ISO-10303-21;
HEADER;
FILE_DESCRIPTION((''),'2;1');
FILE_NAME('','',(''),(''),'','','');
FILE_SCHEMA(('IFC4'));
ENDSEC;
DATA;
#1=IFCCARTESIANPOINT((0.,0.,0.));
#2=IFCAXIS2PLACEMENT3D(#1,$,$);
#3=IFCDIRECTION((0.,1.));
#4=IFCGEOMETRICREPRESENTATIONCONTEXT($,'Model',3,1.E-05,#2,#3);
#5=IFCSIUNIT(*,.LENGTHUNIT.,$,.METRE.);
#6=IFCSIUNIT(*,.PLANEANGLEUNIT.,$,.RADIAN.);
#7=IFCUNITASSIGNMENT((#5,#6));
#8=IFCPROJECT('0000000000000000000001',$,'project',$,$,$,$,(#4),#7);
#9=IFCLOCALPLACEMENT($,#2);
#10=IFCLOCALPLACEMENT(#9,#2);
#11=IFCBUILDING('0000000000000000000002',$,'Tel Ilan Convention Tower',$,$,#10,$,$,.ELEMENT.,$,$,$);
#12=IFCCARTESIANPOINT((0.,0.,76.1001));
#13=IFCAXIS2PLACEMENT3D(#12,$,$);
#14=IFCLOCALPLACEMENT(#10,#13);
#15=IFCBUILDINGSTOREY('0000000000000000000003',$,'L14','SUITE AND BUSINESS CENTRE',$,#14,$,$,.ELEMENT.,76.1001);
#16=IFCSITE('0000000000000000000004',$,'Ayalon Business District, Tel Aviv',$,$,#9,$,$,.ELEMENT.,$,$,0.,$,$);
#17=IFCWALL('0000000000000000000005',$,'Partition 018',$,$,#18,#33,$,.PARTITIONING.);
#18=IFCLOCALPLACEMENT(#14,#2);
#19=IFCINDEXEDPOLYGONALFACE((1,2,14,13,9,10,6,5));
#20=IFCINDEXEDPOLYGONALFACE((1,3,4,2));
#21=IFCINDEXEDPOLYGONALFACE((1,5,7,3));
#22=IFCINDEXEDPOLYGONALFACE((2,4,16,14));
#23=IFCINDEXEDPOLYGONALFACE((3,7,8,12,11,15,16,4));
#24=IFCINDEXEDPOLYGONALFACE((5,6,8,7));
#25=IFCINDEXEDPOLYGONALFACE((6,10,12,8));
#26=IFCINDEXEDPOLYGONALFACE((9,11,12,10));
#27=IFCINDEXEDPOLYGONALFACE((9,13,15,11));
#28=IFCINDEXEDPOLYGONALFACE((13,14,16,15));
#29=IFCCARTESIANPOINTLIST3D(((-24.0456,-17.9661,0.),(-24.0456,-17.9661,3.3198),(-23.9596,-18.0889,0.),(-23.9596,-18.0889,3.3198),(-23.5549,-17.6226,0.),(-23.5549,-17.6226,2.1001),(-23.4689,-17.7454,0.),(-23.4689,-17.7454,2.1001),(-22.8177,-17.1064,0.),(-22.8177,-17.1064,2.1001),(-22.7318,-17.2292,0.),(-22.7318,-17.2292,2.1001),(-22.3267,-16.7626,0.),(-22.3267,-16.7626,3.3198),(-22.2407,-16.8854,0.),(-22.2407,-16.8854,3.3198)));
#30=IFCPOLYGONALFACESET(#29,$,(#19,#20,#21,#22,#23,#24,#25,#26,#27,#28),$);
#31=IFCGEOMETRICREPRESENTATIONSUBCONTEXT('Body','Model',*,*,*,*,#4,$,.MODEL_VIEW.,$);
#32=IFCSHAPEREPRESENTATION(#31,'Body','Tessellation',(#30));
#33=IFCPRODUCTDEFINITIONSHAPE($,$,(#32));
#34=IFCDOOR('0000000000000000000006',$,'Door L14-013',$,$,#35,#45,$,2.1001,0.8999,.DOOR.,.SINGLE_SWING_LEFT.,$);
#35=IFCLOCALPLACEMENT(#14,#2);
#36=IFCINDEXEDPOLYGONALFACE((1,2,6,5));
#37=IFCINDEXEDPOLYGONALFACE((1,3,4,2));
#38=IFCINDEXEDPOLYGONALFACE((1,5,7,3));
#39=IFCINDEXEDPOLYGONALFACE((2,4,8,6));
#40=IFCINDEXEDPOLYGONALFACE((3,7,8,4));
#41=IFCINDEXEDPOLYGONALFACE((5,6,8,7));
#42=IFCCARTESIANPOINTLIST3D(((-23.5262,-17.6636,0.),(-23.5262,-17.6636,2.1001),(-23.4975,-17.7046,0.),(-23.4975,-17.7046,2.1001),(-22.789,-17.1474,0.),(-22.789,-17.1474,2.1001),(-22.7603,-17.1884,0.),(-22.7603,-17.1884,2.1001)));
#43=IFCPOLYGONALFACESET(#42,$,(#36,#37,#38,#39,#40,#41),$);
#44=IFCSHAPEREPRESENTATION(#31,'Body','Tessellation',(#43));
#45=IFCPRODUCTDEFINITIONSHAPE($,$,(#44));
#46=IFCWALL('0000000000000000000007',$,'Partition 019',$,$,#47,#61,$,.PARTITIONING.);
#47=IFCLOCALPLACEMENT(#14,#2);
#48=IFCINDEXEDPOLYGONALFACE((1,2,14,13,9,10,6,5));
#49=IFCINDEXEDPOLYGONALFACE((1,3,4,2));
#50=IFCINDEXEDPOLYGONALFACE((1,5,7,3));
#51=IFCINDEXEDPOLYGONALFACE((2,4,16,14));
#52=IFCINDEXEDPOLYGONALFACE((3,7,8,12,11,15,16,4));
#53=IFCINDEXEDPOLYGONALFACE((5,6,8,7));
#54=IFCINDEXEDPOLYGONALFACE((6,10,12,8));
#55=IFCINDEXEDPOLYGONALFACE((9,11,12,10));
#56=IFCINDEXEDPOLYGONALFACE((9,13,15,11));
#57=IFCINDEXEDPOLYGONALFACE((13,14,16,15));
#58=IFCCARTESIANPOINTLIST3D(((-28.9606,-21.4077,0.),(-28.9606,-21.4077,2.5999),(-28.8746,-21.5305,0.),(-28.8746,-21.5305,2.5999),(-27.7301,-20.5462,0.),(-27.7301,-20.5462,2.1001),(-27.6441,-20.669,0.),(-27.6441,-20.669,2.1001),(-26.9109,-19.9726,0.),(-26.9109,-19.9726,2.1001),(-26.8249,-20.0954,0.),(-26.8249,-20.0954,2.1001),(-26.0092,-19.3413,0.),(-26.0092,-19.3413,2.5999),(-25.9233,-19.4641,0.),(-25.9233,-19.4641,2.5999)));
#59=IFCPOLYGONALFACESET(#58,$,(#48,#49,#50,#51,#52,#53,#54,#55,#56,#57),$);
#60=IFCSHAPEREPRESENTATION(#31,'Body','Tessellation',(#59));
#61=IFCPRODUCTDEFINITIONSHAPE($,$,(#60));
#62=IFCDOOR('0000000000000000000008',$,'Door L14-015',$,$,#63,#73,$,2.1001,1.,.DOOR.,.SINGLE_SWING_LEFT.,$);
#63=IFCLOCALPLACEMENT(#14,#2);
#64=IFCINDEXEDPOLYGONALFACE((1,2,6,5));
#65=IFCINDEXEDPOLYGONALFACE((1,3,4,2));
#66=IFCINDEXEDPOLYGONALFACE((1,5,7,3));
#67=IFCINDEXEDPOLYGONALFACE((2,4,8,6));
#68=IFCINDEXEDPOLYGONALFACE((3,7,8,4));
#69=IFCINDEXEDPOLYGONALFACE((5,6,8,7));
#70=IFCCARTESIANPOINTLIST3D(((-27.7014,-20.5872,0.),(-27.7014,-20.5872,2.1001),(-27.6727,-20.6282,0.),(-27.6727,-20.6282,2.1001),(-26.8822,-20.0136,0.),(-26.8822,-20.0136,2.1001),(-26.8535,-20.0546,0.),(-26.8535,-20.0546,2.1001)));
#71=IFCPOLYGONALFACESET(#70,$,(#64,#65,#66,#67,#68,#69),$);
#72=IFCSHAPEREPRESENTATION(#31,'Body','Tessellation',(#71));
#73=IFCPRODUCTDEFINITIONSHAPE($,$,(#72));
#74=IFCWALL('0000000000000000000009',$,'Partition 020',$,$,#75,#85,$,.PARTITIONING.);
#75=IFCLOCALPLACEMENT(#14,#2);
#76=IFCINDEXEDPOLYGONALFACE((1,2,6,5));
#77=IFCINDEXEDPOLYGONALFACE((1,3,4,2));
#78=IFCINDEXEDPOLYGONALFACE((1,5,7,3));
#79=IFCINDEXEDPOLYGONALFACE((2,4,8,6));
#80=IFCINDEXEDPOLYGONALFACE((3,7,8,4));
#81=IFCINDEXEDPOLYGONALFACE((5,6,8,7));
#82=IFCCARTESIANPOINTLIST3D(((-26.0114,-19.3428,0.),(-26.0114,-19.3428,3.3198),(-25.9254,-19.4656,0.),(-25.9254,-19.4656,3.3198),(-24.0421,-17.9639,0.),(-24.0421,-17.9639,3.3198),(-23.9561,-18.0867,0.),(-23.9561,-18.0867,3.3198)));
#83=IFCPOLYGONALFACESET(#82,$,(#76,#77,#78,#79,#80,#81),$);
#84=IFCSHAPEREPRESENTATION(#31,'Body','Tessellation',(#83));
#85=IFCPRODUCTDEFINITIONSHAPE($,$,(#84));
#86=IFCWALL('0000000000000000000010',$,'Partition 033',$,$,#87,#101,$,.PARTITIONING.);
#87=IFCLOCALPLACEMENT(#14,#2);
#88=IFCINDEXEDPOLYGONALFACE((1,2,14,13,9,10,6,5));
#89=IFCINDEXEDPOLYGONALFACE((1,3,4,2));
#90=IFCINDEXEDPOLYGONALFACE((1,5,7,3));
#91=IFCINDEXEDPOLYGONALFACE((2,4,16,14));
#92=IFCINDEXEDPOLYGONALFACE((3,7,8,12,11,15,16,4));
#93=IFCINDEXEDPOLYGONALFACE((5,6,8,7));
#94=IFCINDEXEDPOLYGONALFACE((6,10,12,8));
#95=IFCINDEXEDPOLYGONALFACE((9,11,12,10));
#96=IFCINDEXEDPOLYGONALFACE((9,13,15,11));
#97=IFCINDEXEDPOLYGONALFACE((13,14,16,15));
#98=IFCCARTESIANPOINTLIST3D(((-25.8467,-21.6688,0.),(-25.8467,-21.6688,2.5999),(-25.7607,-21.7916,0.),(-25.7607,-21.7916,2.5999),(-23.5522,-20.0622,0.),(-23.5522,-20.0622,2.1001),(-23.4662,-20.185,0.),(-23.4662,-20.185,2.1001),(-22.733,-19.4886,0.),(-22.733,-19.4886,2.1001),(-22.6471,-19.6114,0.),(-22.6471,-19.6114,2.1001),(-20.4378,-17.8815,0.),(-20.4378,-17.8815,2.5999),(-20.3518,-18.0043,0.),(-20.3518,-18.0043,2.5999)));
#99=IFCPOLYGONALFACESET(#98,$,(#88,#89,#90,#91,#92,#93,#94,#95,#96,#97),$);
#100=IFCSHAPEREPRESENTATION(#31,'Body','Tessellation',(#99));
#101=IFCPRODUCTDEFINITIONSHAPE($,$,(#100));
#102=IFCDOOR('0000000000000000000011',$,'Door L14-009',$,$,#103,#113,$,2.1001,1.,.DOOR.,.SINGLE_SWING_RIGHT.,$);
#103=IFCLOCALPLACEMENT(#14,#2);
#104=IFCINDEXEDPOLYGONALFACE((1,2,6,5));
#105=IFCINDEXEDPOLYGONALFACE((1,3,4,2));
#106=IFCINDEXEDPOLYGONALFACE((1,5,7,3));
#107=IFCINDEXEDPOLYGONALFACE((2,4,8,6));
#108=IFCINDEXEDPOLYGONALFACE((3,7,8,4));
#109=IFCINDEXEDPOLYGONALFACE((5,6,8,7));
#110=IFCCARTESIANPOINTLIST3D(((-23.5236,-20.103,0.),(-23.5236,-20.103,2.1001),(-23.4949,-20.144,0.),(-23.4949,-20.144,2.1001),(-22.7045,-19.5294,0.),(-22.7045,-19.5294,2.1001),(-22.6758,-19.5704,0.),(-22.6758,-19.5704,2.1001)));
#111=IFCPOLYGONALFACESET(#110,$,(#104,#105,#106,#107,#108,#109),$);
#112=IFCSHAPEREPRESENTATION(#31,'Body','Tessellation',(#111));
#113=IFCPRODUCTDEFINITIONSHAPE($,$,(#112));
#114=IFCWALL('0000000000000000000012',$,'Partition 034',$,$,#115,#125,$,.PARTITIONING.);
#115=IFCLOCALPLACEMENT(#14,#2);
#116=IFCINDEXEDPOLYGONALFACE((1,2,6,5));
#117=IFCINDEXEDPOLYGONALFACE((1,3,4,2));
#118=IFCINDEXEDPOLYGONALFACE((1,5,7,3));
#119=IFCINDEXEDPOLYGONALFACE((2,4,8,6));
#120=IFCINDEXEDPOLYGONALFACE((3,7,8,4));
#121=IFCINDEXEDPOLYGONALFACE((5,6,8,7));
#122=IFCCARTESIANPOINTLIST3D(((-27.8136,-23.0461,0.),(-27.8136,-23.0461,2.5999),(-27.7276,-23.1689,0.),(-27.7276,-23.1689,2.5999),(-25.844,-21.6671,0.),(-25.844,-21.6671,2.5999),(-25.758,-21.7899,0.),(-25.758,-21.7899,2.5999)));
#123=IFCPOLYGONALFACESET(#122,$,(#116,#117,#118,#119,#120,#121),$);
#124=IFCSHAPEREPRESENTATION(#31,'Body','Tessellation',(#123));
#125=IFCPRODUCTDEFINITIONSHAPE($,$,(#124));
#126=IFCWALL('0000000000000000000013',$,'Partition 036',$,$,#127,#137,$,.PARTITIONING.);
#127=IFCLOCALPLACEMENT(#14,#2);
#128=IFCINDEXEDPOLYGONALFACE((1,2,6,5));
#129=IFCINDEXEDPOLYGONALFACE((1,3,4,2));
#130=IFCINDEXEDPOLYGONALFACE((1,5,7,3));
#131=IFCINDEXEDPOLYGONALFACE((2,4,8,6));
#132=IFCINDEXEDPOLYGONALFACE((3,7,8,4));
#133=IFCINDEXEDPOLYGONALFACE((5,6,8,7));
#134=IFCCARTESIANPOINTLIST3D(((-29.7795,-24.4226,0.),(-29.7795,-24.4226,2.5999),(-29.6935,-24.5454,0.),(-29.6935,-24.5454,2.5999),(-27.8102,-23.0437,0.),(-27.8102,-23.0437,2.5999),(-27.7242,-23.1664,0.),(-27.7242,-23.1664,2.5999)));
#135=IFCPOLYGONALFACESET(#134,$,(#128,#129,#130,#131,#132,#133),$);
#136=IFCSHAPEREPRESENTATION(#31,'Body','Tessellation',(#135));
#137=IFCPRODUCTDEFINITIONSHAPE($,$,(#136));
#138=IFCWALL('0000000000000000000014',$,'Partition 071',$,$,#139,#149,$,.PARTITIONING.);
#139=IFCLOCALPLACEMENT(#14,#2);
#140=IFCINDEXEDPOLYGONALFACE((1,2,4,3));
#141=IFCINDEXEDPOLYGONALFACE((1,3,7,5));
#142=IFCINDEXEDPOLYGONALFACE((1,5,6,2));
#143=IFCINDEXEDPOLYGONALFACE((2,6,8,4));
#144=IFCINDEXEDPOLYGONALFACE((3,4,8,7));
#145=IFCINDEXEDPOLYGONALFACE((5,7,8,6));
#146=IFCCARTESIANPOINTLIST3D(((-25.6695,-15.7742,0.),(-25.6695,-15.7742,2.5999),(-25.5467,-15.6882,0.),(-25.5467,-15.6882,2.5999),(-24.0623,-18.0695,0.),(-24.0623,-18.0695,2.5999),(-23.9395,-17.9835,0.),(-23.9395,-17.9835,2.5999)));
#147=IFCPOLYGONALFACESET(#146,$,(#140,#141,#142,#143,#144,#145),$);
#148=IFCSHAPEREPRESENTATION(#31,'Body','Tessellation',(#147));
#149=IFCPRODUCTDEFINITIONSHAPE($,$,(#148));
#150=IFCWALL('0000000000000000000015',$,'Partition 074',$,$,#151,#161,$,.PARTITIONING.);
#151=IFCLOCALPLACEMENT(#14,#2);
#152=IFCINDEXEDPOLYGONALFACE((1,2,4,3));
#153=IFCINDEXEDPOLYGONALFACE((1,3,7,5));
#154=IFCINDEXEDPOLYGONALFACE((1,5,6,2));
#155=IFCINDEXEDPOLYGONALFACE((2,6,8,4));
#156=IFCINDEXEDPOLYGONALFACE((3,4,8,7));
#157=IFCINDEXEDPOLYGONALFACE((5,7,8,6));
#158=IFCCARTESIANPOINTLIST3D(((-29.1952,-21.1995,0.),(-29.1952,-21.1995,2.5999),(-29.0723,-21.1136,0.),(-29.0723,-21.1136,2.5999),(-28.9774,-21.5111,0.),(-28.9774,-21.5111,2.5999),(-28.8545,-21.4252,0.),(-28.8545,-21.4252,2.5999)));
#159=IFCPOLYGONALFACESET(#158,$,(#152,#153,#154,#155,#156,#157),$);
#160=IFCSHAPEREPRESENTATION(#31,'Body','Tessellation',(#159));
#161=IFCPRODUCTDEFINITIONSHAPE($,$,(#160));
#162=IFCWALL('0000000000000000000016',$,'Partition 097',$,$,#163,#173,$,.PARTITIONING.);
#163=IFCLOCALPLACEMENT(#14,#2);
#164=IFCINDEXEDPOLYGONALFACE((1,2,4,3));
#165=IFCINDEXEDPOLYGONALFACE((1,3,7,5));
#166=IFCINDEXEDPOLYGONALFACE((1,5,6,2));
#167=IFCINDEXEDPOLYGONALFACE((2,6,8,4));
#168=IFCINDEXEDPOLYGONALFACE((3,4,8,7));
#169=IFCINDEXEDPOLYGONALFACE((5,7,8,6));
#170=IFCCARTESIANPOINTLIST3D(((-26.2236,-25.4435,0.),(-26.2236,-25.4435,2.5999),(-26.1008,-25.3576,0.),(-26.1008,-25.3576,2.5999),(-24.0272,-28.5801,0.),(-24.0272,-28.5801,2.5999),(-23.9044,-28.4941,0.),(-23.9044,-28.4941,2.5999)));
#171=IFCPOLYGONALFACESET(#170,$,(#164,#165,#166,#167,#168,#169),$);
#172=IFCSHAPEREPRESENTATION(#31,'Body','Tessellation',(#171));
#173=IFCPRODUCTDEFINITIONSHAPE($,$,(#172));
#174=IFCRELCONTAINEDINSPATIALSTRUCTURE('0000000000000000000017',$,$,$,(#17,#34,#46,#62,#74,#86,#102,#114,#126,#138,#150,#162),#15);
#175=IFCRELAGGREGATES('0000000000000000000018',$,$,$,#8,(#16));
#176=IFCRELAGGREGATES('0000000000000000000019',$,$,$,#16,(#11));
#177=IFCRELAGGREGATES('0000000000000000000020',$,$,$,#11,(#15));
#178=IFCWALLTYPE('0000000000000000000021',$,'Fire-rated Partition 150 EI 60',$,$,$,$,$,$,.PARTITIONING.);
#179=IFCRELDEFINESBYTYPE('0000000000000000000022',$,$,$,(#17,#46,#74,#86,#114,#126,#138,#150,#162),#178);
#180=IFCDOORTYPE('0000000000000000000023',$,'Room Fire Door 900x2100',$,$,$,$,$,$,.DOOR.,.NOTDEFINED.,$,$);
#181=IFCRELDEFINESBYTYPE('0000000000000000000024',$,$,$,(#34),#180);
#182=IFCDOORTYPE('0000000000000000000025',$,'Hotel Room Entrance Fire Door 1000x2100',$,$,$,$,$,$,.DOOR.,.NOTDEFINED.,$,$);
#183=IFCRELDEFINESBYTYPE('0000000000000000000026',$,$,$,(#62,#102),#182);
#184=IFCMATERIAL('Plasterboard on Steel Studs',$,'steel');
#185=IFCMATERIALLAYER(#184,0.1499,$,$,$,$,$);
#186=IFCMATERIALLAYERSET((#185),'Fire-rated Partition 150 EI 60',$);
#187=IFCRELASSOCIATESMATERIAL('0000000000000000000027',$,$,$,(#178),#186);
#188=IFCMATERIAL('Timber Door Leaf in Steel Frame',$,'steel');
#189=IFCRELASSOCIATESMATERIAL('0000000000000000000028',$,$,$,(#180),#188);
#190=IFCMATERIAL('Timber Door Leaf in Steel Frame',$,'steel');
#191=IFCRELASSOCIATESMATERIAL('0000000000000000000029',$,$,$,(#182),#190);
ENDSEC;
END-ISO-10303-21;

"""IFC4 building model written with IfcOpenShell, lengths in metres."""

from ifc_helpers import new_model, si_unit, direction, frame, frame_2d, origin, place, context, subcontext, project, spatial, rectangle, extrude, material, layer, layer_set, type_object, element, fill, save


model = new_model("IFC4")

# Units and contexts
model_context = context("Model", 3, precision=1e-05, world=origin(), true_north=direction((0.0, 1.0)))
body_context = subcontext(model_context, "Body", "Model", "MODEL_VIEW")
ifc_project = project(units=[si_unit("LENGTHUNIT", "METRE"), si_unit("PLANEANGLEUNIT", "RADIAN")], contexts=[model_context])

# Site, building, storey
site_placement = place(None, origin())
site = spatial("IfcSite", under=ifc_project, at=site_placement, Name="Ayalon Business District, Tel Aviv", CompositionType="ELEMENT", RefElevation=0.0)
building_placement = place(site_placement, origin())
building = spatial("IfcBuilding", under=site, at=building_placement, Name="Tel Ilan Convention Tower", CompositionType="ELEMENT")
storey_placement = place(building_placement, frame((0.0, 0.0, 76.1001)))
storey = spatial("IfcBuildingStorey", under=building, at=storey_placement, Name="L14", Description="SUITE AND BUSINESS CENTRE", CompositionType="ELEMENT", Elevation=76.1001)

# Walls, openings, doors
ifc_material_1 = material(Name="Plasterboard on Steel Studs", Category="steel")
ifc_layer_1 = layer(ifc_material_1, 0.1499)
ifc_layer_set_1 = layer_set([ifc_layer_1], Name="Fire-rated Partition 150 EI 60")
wall_type_1 = type_object("IfcWallType", Name="Fire-rated Partition 150 EI 60", PredefinedType="PARTITIONING", material=ifc_layer_set_1)
wall_1_placement = place(storey_placement, frame((-24.0027, -18.0276, 0.0), z_axis=(0.0, 0.0, 1.0), x_axis=(0.819161, 0.573564, 0.0)))
wall_1 = element("IfcWall", 1, at=wall_1_placement, inside=storey, type_object=wall_type_1, Name="Partition 018", PredefinedType="PARTITIONING", context=body_context, shape_type="SweptSolid", body=[
    extrude(rectangle(XDim=2.0984, YDim=0.1499, at=frame_2d((1.0493, 0.0))), origin(), (0.0, 0.0, 1.0), 3.3198),
])
opening_1_placement = place(wall_1_placement, frame((0.5991, 0.0, 0.0)))
opening_1 = element("IfcOpeningElement", 2, at=opening_1_placement, cuts=wall_1, PredefinedType="OPENING", context=body_context, shape_type="SweptSolid", body=[
    extrude(rectangle(XDim=0.8999, YDim=2.1001, at=frame_2d((0.45, 1.05))), frame((0.0, 0.085, 0.0), z_axis=(0.0, -1.0, 0.0), x_axis=(1.0, 0.0, 0.0)), (0.0, 0.0, 1.0), 0.1699),
])
ifc_material_2 = material(Name="Timber Door Leaf in Steel Frame", Category="steel")
door_type_1 = type_object("IfcDoorType", Name="Room Fire Door 900x2100", OperationType="NOTDEFINED", PredefinedType="DOOR", material=ifc_material_2)
door_1_placement = place(opening_1_placement, origin())
door_1 = element("IfcDoor", 3, at=door_1_placement, inside=storey, type_object=door_type_1, Name="Door L14-013", OperationType="SINGLE_SWING_LEFT", OverallHeight=2.1001, OverallWidth=0.8999, PredefinedType="DOOR", context=body_context, shape_type="SweptSolid", body=[
    extrude(rectangle(XDim=0.8999, YDim=2.1001, at=frame_2d((0.45, 1.05))), frame((0.0, 0.0249, 0.0), z_axis=(0.0, -1.0, 0.0), x_axis=(1.0, 0.0, 0.0)), (0.0, 0.0, 1.0), 0.05),
])
fill(opening_1, door_1)
wall_2_placement = place(storey_placement, frame((-28.9175, -21.469, 0.0), z_axis=(0.0, 0.0, 1.0), x_axis=(0.819178, 0.57354, 0.0)))
wall_2 = element("IfcWall", 4, at=wall_2_placement, inside=storey, type_object=wall_type_1, Name="Partition 019", PredefinedType="PARTITIONING", context=body_context, shape_type="SweptSolid", body=[
    extrude(rectangle(XDim=3.6028, YDim=0.1499, at=frame_2d((1.8013, 0.0))), origin(), (0.0, 0.0, 1.0), 2.5999),
])
opening_2_placement = place(wall_2_placement, frame((1.502, 0.0, 0.0)))
opening_2 = element("IfcOpeningElement", 5, at=opening_2_placement, cuts=wall_2, PredefinedType="OPENING", context=body_context, shape_type="SweptSolid", body=[
    extrude(rectangle(XDim=1.0, YDim=2.1001, at=frame_2d((0.5, 1.05))), frame((0.0, 0.085, 0.0), z_axis=(0.0, -1.0, 0.0), x_axis=(1.0, 0.0, 0.0)), (0.0, 0.0, 1.0), 0.1699),
])
ifc_material_3 = material(Name="Timber Door Leaf in Steel Frame", Category="steel")
door_type_2 = type_object("IfcDoorType", Name="Hotel Room Entrance Fire Door 1000x2100", OperationType="NOTDEFINED", PredefinedType="DOOR", material=ifc_material_3)
door_2_placement = place(opening_2_placement, origin())
door_2 = element("IfcDoor", 6, at=door_2_placement, inside=storey, type_object=door_type_2, Name="Door L14-015", OperationType="SINGLE_SWING_LEFT", OverallHeight=2.1001, OverallWidth=1.0, PredefinedType="DOOR", context=body_context, shape_type="SweptSolid", body=[
    extrude(rectangle(XDim=1.0, YDim=2.1001, at=frame_2d((0.5, 1.05))), frame((0.0, 0.0249, 0.0), z_axis=(0.0, -1.0, 0.0), x_axis=(1.0, 0.0, 0.0)), (0.0, 0.0, 1.0), 0.05),
])
fill(opening_2, door_2)

# Wall
wall_3_placement = place(storey_placement, frame((-25.9685, -19.4043, 0.0), z_axis=(0.0, 0.0, 1.0), x_axis=(0.819146, 0.573585, 0.0)))
element("IfcWall", 7, at=wall_3_placement, inside=storey, type_object=wall_type_1, Name="Partition 020", PredefinedType="PARTITIONING", context=body_context, shape_type="SweptSolid", body=[
    extrude(rectangle(XDim=2.4041, YDim=0.1499, at=frame_2d((1.2021, 0.0))), origin(), (0.0, 0.0, 1.0), 3.3198),
])

# Wall, opening, door
wall_4_placement = place(storey_placement, frame((-20.3948, -17.9429, 0.0), z_axis=(0.0, 0.0, 1.0), x_axis=(-0.819154, -0.573574, 0.0)))
wall_4 = element("IfcWall", 8, at=wall_4_placement, inside=storey, type_object=wall_type_1, Name="Partition 033", PredefinedType="PARTITIONING", context=body_context, shape_type="SweptSolid", body=[
    extrude(rectangle(XDim=6.603, YDim=0.1499, at=frame_2d((3.3015, 0.0))), origin(), (0.0, 0.0, 1.0), 2.5999),
])
opening_3_placement = place(wall_4_placement, frame((2.802, 0.0, 0.0)))
opening_3 = element("IfcOpeningElement", 9, at=opening_3_placement, cuts=wall_4, PredefinedType="OPENING", context=body_context, shape_type="SweptSolid", body=[
    extrude(rectangle(XDim=1.0, YDim=2.1001, at=frame_2d((0.5, 1.05))), frame((0.0, 0.085, 0.0), z_axis=(0.0, -1.0, 0.0), x_axis=(1.0, 0.0, 0.0)), (0.0, 0.0, 1.0), 0.1699),
])
door_3_placement = place(opening_3_placement, origin())
door_3 = element("IfcDoor", 10, at=door_3_placement, inside=storey, type_object=door_type_2, Name="Door L14-009", OperationType="SINGLE_SWING_RIGHT", OverallHeight=2.1001, OverallWidth=1.0, PredefinedType="DOOR", context=body_context, shape_type="SweptSolid", body=[
    extrude(rectangle(XDim=1.0, YDim=2.1001, at=frame_2d((0.5, 1.05))), frame((0.0, 0.0249, 0.0), z_axis=(0.0, -1.0, 0.0), x_axis=(1.0, 0.0, 0.0)), (0.0, 0.0, 1.0), 0.05),
])
fill(opening_3, door_3)

# Walls
wall_5_placement = place(storey_placement, frame((-25.801, -21.7285, 0.0), z_axis=(0.0, 0.0, 1.0), x_axis=(-0.819179, -0.573537, 0.0)))
element("IfcWall", 11, at=wall_5_placement, inside=storey, type_object=wall_type_1, Name="Partition 034", PredefinedType="PARTITIONING", context=body_context, shape_type="SweptSolid", body=[
    extrude(rectangle(XDim=2.4043, YDim=0.1499, at=frame_2d((1.2021, 0.0))), origin(), (0.0, 0.0, 1.0), 2.5999),
])
wall_6_placement = place(storey_placement, frame((-27.7671, -23.105, 0.0), z_axis=(0.0, 0.0, 1.0), x_axis=(-0.819146, -0.573585, 0.0)))
element("IfcWall", 12, at=wall_6_placement, inside=storey, type_object=wall_type_1, Name="Partition 036", PredefinedType="PARTITIONING", context=body_context, shape_type="SweptSolid", body=[
    extrude(rectangle(XDim=2.4041, YDim=0.1499, at=frame_2d((1.2021, 0.0))), origin(), (0.0, 0.0, 1.0), 2.5999),
])
wall_7_placement = place(storey_placement, frame((-24.001, -18.0264, 0.0), z_axis=(0.0, 0.0, 1.0), x_axis=(-0.573597, 0.819138, 0.0)))
element("IfcWall", 13, at=wall_7_placement, inside=storey, type_object=wall_type_1, Name="Partition 071", PredefinedType="PARTITIONING", context=body_context, shape_type="SweptSolid", body=[
    extrude(rectangle(XDim=2.802, YDim=0.1499, at=frame_2d((1.4009, 0.0))), origin(), (0.0, 0.0, 1.0), 2.5999),
])
wall_8_placement = place(storey_placement, frame((-28.916, -21.468, 0.0), z_axis=(0.0, 0.0, 1.0), x_axis=(-0.572945, 0.819594, 0.0)))
element("IfcWall", 14, at=wall_8_placement, inside=storey, type_object=wall_type_1, Name="Partition 074", PredefinedType="PARTITIONING", context=body_context, shape_type="SweptSolid", body=[
    extrude(rectangle(XDim=0.3801, YDim=0.1499, at=frame_2d((0.1899, 0.0))), origin(), (0.0, 0.0, 1.0), 2.5999),
])
wall_9_placement = place(storey_placement, frame((-23.9658, -28.5371, 0.0), z_axis=(0.0, 0.0, 1.0), x_axis=(-0.573595, 0.819139, 0.0)))
element("IfcWall", 15, at=wall_9_placement, inside=storey, type_object=wall_type_1, Name="Partition 097", PredefinedType="PARTITIONING", context=body_context, shape_type="SweptSolid", body=[
    extrude(rectangle(XDim=3.8291, YDim=0.1499, at=frame_2d((1.9146, 0.0))), origin(), (0.0, 0.0, 1.0), 2.5999),
])

save(model, "model.ifc")
